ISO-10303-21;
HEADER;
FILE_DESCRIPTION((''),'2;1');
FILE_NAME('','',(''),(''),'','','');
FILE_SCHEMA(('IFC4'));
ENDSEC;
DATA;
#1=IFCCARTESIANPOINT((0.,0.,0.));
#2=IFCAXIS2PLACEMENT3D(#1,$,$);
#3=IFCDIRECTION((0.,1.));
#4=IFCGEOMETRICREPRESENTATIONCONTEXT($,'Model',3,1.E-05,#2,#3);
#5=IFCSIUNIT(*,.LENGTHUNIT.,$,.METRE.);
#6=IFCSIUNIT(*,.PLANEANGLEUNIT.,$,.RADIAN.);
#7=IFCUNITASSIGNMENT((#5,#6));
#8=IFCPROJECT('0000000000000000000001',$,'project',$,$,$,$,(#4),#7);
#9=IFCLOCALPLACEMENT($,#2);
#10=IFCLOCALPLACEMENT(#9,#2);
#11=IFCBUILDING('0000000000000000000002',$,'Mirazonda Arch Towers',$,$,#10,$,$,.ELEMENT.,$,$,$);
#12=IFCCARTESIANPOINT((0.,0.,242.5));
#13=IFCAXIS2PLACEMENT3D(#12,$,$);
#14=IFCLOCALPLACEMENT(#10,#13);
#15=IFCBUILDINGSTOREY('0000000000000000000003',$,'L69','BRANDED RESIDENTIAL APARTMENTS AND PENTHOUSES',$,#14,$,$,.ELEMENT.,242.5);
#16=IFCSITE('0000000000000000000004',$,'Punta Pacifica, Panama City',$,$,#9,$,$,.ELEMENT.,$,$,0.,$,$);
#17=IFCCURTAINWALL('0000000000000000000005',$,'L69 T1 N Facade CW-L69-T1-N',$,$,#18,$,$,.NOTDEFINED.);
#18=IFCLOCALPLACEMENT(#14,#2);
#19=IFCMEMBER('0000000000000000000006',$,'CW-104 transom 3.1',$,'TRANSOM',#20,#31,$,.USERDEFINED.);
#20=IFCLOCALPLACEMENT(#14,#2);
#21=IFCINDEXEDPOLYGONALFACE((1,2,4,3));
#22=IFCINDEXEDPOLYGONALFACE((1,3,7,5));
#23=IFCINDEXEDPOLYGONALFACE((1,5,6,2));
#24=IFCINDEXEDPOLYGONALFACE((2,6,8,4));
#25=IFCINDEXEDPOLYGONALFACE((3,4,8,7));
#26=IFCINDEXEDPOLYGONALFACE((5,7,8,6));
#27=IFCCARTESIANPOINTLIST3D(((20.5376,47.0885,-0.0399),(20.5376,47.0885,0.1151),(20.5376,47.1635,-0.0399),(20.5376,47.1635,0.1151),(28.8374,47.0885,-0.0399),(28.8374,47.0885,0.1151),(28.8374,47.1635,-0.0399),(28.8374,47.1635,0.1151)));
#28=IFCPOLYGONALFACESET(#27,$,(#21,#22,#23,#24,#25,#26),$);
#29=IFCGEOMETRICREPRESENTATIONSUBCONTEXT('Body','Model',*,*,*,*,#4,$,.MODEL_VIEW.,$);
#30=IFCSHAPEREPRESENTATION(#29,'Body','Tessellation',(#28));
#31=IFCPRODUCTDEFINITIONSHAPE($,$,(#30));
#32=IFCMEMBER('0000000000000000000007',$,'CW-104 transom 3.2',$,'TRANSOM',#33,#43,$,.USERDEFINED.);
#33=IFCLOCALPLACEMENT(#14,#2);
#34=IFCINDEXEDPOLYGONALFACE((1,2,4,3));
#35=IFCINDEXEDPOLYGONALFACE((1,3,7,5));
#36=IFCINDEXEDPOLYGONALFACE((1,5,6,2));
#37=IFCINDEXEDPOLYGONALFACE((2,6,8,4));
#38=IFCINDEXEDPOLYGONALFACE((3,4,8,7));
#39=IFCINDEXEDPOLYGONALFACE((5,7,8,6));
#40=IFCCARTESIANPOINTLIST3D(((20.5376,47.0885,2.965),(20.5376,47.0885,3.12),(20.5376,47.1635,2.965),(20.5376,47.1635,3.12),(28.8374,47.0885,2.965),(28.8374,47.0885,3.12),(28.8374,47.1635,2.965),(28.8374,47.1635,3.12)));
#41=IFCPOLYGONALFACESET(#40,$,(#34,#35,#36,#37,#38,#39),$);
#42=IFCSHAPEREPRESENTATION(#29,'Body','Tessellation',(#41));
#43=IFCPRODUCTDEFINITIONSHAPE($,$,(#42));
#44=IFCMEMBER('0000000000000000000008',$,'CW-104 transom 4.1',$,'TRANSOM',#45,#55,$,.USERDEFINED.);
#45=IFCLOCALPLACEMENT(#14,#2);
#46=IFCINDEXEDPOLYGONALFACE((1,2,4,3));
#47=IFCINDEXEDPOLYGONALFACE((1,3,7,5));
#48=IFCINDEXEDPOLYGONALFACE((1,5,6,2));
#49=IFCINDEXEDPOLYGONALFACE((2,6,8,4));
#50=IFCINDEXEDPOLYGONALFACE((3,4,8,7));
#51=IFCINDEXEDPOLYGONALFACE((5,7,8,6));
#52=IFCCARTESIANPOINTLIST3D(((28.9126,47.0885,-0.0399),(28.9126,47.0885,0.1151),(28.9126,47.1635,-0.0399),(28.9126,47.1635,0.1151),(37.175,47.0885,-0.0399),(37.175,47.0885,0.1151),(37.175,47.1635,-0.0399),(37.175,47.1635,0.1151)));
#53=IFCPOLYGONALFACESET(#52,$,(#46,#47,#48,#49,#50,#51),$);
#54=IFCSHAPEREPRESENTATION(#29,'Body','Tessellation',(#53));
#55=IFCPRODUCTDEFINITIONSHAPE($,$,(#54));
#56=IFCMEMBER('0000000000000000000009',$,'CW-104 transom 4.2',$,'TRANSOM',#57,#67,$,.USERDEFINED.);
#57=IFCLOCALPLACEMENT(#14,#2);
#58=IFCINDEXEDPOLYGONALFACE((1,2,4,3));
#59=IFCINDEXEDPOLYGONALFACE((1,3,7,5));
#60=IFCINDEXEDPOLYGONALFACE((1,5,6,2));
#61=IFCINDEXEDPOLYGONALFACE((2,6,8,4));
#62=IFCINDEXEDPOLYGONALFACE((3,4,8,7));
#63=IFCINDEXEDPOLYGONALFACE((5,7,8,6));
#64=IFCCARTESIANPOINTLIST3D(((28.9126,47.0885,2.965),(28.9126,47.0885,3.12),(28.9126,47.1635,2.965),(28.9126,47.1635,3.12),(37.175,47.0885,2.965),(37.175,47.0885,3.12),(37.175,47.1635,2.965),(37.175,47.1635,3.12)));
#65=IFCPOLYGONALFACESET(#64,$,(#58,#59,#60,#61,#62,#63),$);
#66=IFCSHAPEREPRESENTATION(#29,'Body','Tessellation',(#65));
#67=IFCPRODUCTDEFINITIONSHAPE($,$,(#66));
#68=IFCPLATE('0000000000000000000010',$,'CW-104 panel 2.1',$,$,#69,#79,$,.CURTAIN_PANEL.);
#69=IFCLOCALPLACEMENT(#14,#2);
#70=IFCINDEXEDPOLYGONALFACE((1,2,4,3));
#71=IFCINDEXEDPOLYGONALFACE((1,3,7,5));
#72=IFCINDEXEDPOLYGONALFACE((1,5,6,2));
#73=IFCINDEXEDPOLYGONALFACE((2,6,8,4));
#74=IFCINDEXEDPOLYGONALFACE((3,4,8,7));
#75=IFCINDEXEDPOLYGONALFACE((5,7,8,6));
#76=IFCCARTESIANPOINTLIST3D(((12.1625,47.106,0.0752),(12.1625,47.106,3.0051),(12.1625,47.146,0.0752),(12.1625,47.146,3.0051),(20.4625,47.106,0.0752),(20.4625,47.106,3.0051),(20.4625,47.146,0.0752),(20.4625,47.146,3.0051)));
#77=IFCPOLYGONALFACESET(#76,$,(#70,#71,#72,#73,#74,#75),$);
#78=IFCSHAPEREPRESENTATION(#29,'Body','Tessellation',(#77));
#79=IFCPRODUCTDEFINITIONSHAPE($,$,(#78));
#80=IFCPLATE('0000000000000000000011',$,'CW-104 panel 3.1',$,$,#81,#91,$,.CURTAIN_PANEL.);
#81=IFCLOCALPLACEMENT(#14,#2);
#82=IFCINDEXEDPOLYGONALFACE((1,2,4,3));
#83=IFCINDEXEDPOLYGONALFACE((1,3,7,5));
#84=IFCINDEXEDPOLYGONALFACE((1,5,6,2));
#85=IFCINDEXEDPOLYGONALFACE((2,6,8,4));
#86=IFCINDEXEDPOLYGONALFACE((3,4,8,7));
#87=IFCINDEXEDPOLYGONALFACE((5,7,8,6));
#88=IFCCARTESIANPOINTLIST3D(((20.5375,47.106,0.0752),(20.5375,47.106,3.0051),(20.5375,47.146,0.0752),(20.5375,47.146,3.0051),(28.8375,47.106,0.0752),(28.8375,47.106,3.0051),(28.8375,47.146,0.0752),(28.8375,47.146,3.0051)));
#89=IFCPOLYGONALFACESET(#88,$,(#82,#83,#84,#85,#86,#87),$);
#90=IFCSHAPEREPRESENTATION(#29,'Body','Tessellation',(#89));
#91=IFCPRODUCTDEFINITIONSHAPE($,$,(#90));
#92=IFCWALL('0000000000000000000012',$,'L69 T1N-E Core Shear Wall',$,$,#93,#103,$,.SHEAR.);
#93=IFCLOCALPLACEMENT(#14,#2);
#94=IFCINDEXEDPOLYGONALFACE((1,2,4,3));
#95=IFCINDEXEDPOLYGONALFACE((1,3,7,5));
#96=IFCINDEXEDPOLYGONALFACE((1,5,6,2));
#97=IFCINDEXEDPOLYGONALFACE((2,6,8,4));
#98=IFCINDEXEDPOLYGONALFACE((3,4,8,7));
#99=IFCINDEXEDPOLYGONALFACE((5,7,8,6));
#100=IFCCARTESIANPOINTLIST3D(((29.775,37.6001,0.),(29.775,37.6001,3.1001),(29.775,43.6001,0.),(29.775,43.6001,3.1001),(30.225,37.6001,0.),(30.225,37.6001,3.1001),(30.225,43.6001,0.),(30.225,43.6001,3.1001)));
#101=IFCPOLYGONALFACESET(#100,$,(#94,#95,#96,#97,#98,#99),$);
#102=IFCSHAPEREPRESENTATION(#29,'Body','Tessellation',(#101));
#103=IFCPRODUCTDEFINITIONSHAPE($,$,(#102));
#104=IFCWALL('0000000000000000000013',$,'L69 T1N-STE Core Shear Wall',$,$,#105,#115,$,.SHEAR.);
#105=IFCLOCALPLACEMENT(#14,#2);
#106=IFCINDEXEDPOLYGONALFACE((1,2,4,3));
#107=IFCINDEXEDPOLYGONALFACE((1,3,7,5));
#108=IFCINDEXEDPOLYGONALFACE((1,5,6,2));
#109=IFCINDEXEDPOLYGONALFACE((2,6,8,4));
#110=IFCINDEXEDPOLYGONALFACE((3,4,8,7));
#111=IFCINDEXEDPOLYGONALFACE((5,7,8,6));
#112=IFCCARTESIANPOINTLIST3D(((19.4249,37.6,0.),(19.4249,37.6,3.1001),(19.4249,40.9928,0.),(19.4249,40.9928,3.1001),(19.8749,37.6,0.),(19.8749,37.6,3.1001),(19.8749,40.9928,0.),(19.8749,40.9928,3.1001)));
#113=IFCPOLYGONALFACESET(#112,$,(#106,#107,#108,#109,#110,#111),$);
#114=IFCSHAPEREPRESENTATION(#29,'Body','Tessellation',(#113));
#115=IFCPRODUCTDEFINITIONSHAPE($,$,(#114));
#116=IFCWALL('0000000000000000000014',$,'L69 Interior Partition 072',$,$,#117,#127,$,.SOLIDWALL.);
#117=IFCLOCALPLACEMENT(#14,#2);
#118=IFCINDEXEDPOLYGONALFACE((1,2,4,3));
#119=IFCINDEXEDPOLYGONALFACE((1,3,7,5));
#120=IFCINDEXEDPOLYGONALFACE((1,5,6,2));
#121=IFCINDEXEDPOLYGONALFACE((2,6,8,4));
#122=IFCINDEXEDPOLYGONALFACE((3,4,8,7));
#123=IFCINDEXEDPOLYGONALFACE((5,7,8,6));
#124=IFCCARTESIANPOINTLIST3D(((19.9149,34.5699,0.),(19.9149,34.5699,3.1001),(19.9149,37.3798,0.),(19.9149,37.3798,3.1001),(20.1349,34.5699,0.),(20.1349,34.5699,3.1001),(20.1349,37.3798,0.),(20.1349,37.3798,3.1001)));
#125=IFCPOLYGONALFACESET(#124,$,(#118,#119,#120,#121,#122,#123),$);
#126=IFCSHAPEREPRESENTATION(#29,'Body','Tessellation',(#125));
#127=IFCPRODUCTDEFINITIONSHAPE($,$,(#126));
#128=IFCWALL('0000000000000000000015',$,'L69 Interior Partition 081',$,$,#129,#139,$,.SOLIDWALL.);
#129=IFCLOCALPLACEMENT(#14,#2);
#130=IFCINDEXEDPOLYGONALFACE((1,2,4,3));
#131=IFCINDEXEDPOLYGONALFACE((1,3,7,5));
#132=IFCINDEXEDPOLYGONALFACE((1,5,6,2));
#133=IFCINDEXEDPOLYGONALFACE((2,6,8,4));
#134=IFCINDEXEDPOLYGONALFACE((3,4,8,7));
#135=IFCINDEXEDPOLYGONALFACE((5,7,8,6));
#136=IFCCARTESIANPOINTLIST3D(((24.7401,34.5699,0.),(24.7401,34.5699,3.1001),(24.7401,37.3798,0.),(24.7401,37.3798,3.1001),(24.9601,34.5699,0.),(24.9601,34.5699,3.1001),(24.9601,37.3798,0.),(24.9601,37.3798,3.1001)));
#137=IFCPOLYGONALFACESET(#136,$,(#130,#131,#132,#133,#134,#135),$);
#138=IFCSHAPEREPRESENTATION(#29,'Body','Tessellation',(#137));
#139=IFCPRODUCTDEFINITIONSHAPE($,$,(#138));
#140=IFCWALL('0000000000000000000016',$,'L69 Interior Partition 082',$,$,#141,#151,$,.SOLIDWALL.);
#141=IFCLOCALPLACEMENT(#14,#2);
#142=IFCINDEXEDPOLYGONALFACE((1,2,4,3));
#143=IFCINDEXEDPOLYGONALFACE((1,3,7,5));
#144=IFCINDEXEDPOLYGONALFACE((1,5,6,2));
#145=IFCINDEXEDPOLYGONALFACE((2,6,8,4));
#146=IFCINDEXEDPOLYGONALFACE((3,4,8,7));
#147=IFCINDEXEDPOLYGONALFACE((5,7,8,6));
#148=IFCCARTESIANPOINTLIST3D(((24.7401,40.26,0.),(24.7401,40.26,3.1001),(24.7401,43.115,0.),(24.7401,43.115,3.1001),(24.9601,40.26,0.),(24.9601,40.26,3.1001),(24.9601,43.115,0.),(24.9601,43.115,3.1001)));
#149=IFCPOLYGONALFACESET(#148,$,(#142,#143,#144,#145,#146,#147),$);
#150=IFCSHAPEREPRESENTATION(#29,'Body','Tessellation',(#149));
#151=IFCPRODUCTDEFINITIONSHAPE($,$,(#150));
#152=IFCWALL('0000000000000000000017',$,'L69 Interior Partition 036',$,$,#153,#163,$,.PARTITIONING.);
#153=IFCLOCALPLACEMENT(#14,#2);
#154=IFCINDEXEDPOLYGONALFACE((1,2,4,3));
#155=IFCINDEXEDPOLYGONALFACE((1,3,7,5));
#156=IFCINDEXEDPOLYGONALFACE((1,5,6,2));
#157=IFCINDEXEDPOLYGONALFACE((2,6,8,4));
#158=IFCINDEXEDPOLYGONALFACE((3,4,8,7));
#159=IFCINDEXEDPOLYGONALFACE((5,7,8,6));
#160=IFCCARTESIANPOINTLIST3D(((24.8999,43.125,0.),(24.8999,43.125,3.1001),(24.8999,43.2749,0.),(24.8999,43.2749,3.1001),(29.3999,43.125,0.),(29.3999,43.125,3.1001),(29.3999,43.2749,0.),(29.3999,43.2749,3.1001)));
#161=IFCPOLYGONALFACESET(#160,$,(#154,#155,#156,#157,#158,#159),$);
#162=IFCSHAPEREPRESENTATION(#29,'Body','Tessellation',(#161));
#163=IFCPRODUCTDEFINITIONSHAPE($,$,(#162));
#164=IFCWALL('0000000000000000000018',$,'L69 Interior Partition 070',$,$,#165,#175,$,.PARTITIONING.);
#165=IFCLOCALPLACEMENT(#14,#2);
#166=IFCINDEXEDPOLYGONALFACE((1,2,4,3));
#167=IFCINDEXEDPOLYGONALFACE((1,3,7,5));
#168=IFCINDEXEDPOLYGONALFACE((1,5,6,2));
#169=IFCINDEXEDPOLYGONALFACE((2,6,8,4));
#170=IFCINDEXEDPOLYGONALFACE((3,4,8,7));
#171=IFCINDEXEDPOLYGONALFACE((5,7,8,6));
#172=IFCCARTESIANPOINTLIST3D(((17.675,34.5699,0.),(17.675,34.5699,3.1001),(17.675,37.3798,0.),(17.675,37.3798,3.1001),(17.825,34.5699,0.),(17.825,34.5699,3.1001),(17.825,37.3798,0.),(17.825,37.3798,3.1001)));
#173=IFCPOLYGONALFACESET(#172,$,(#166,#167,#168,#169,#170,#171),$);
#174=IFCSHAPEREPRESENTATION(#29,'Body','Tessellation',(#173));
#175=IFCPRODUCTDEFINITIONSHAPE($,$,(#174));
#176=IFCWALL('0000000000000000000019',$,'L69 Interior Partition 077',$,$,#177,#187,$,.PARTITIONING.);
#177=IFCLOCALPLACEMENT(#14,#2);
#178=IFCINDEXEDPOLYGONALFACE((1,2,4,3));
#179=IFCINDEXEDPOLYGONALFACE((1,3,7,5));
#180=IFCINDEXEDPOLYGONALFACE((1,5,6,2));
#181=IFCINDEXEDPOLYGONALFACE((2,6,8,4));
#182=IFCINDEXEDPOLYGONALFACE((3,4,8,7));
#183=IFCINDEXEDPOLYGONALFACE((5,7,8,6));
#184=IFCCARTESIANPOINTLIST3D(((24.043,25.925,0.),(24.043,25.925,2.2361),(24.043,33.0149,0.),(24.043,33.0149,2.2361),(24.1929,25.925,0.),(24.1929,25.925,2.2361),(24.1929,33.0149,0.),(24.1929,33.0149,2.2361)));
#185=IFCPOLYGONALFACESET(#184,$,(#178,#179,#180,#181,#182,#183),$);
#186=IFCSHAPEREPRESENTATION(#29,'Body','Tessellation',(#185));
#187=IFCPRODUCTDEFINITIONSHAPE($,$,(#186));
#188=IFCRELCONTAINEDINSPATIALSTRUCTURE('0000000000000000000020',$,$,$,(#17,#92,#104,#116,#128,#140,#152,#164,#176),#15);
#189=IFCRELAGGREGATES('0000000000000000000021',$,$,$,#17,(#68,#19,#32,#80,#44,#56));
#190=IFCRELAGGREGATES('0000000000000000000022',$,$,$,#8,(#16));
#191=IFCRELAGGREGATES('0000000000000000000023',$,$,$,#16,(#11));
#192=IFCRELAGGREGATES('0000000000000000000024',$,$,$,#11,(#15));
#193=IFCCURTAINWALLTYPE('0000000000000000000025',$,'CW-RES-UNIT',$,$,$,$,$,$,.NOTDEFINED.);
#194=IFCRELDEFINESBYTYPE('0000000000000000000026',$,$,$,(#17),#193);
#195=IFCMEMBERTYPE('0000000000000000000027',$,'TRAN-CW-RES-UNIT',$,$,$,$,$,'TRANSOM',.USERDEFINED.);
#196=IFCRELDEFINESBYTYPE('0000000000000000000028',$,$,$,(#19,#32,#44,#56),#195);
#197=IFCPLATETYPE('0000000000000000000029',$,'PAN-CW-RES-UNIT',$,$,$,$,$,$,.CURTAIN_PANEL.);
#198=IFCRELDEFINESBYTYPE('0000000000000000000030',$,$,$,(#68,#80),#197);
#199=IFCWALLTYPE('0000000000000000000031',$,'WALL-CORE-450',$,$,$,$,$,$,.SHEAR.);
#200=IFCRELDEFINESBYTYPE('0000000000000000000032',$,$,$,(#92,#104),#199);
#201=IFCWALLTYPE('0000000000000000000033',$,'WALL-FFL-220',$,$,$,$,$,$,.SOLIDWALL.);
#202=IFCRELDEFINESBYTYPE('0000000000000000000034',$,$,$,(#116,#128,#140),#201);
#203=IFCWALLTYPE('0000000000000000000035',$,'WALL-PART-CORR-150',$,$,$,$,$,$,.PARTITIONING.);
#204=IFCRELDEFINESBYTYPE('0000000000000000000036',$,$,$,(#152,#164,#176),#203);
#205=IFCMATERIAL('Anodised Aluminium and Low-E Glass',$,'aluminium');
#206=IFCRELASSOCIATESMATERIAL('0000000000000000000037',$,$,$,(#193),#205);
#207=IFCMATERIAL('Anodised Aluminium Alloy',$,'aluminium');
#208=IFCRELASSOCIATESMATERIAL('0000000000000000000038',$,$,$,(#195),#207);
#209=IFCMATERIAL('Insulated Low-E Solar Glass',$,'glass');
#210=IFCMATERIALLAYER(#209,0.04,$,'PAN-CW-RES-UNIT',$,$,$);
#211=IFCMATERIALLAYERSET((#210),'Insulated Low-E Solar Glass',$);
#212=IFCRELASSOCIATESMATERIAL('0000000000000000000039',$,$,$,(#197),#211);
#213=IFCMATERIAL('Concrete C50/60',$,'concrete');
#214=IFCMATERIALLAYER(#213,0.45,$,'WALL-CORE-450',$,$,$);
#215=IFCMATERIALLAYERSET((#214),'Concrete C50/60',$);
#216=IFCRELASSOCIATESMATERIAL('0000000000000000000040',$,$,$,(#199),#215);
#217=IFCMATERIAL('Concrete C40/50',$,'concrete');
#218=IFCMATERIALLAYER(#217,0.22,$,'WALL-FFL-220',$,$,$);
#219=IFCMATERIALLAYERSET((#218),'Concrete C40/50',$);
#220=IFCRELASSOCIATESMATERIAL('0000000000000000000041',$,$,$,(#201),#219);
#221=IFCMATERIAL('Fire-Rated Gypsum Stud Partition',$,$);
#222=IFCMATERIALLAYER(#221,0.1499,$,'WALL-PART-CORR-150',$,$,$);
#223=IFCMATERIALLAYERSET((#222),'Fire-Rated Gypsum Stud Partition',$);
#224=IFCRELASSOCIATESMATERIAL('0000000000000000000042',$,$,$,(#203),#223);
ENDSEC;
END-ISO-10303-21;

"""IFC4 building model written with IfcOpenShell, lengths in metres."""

from ifc_helpers import new_model, si_unit, direction, frame, frame_2d, origin, origin_2d, place, context, subcontext, project, spatial, rectangle, extrude, material, layer, layer_set, material_profile, profile_set, type_object, element, aggregate, save


model = new_model("IFC4")

# Units and contexts
model_context = context("Model", 3, precision=1e-05, world=origin(), true_north=direction((0.0, 1.0)))
body_context = subcontext(model_context, "Body", "Model", "MODEL_VIEW")
ifc_project = project(units=[si_unit("LENGTHUNIT", "METRE"), si_unit("PLANEANGLEUNIT", "RADIAN")], contexts=[model_context])

# Site, building, storey
site_placement = place(None, origin())
site = spatial("IfcSite", under=ifc_project, at=site_placement, Name="Punta Pacifica, Panama City", CompositionType="ELEMENT", RefElevation=0.0)
building_placement = place(site_placement, origin())
building = spatial("IfcBuilding", under=site, at=building_placement, Name="Mirazonda Arch Towers", CompositionType="ELEMENT")
storey_placement = place(building_placement, frame((0.0, 0.0, 242.5)))
storey = spatial("IfcBuildingStorey", under=building, at=storey_placement, Name="L69", Description="BRANDED RESIDENTIAL APARTMENTS AND PENTHOUSES", CompositionType="ELEMENT", Elevation=242.5)

# Shared definitions
ifc_material_1 = material(Name="Concrete C50/60", Category="concrete")

# Curtain wall, members, plates
ifc_material_2 = material(Name="Anodised Aluminium and Low-E Glass", Category="aluminium")
curtain_wall_type = type_object("IfcCurtainWallType", Name="CW-RES-UNIT", PredefinedType="NOTDEFINED", material=ifc_material_2)
curtain_wall_placement = place(storey_placement, origin())
curtain_wall = element("IfcCurtainWall", 1, at=curtain_wall_placement, inside=storey, type_object=curtain_wall_type, Name="L69 T1 N Facade CW-L69-T1-N", PredefinedType="NOTDEFINED")
ifc_material_3 = material(Name="Anodised Aluminium Alloy", Category="aluminium")
ifc_material_profile_1 = material_profile(ifc_material_3, rectangle(XDim=0.075, YDim=0.155, at=origin_2d()), Name="ALU-TRAN-75x155")
ifc_profile_set_1 = profile_set([ifc_material_profile_1], Name="Anodised Aluminium Alloy")
member_type_1 = type_object("IfcMemberType", Name="TRAN-CW-RES-UNIT", ElementType="TRANSOM", PredefinedType="USERDEFINED", material=ifc_profile_set_1)
member_1_placement = place(storey_placement, frame((20.5376, 47.126, 0.0376), z_axis=(1.0, 0.0, 0.0), x_axis=(0.0, 1.0, 0.0)))
member_1 = element("IfcMember", 2, at=member_1_placement, type_object=member_type_1, Name="CW-104 transom 3.1", ObjectType="TRANSOM", PredefinedType="USERDEFINED", context=body_context, shape_type="SweptSolid", body=[
    extrude(rectangle(XDim=0.075, YDim=0.155, at=origin_2d()), origin(), (0.0, 0.0, 1.0), 8.2998),
])
member_2_placement = place(storey_placement, frame((20.5376, 47.126, 3.0425), z_axis=(1.0, 0.0, 0.0), x_axis=(0.0, 1.0, 0.0)))
member_2 = element("IfcMember", 3, at=member_2_placement, type_object=member_type_1, Name="CW-104 transom 3.2", ObjectType="TRANSOM", PredefinedType="USERDEFINED", context=body_context, shape_type="SweptSolid", body=[
    extrude(rectangle(XDim=0.075, YDim=0.155, at=origin_2d()), origin(), (0.0, 0.0, 1.0), 8.2998),
])
member_3_placement = place(storey_placement, frame((28.9126, 47.126, 0.0376), z_axis=(1.0, 0.0, 0.0), x_axis=(0.0, 1.0, 0.0)))
member_3 = element("IfcMember", 4, at=member_3_placement, type_object=member_type_1, Name="CW-104 transom 4.1", ObjectType="TRANSOM", PredefinedType="USERDEFINED", context=body_context, shape_type="SweptSolid", body=[
    extrude(rectangle(XDim=0.075, YDim=0.155, at=origin_2d()), origin(), (0.0, 0.0, 1.0), 8.2625),
])
member_4_placement = place(storey_placement, frame((28.9126, 47.126, 3.0425), z_axis=(1.0, 0.0, 0.0), x_axis=(0.0, 1.0, 0.0)))
member_4 = element("IfcMember", 5, at=member_4_placement, type_object=member_type_1, Name="CW-104 transom 4.2", ObjectType="TRANSOM", PredefinedType="USERDEFINED", context=body_context, shape_type="SweptSolid", body=[
    extrude(rectangle(XDim=0.075, YDim=0.155, at=origin_2d()), origin(), (0.0, 0.0, 1.0), 8.2625),
])
ifc_material_4 = material(Name="Insulated Low-E Solar Glass", Category="glass")
ifc_layer_1 = layer(ifc_material_4, 0.04, Name="PAN-CW-RES-UNIT")
ifc_layer_set_1 = layer_set([ifc_layer_1], Name="Insulated Low-E Solar Glass")
plate_type = type_object("IfcPlateType", Name="PAN-CW-RES-UNIT", PredefinedType="CURTAIN_PANEL", material=ifc_layer_set_1)
plate_1_placement = place(storey_placement, frame((16.3125, 47.126, 0.0752), z_axis=(0.0, 0.0, 1.0), x_axis=(1.0, 0.0, 0.0)))
plate_1 = element("IfcPlate", 6, at=plate_1_placement, type_object=plate_type, Name="CW-104 panel 2.1", PredefinedType="CURTAIN_PANEL", context=body_context, shape_type="SweptSolid", body=[
    extrude(rectangle(XDim=8.3, YDim=0.04, at=origin_2d()), origin(), (0.0, 0.0, 1.0), 2.9299),
])
plate_2_placement = place(storey_placement, frame((24.6875, 47.126, 0.0752), z_axis=(0.0, 0.0, 1.0), x_axis=(1.0, 0.0, 0.0)))
plate_2 = element("IfcPlate", 7, at=plate_2_placement, type_object=plate_type, Name="CW-104 panel 3.1", PredefinedType="CURTAIN_PANEL", context=body_context, shape_type="SweptSolid", body=[
    extrude(rectangle(XDim=8.3, YDim=0.04, at=origin_2d()), origin(), (0.0, 0.0, 1.0), 2.9299),
])
aggregate(curtain_wall, [plate_1, member_1, member_2, plate_2, member_3, member_4])

# Walls
ifc_layer_2 = layer(ifc_material_1, 0.45, Name="WALL-CORE-450")
ifc_layer_set_2 = layer_set([ifc_layer_2], Name="Concrete C50/60")
wall_type_1 = type_object("IfcWallType", Name="WALL-CORE-450", PredefinedType="SHEAR", material=ifc_layer_set_2)
wall_1_placement = place(storey_placement, frame((30.0, 37.6001, 0.0), z_axis=(0.0, 0.0, 1.0), x_axis=(0.0, 1.0, 0.0)))
element("IfcWall", 8, at=wall_1_placement, inside=storey, type_object=wall_type_1, Name="L69 T1N-E Core Shear Wall", PredefinedType="SHEAR", context=body_context, shape_type="SweptSolid", body=[
    extrude(rectangle(XDim=6.0, YDim=0.45, at=frame_2d((3.0, 0.0))), origin(), (0.0, 0.0, 1.0), 3.1001),
])
wall_2_placement = place(storey_placement, frame((19.6499, 37.6001, 0.0), z_axis=(0.0, 0.0, 1.0), x_axis=(0.0, 1.0, 0.0)))
element("IfcWall", 9, at=wall_2_placement, inside=storey, type_object=wall_type_1, Name="L69 T1N-STE Core Shear Wall", PredefinedType="SHEAR", context=body_context, shape_type="SweptSolid", body=[
    extrude(rectangle(XDim=3.3928, YDim=0.45, at=frame_2d((1.6963, 0.0))), origin(), (0.0, 0.0, 1.0), 3.1001),
])
ifc_material_5 = material(Name="Concrete C40/50", Category="concrete")
ifc_layer_3 = layer(ifc_material_5, 0.22, Name="WALL-FFL-220")
ifc_layer_set_3 = layer_set([ifc_layer_3], Name="Concrete C40/50")
wall_type_2 = type_object("IfcWallType", Name="WALL-FFL-220", PredefinedType="SOLIDWALL", material=ifc_layer_set_3)
for number, where, z_axis, x_axis, name in (
    (10, (20.0249, 34.5701, 0.0), (0.0, 0.0, 1.0), (0.0, 1.0, 0.0), "L69 Interior Partition 072"),
    (11, (24.8501, 34.5701, 0.0), (0.0, 0.0, 1.0), (0.0, 1.0, 0.0), "L69 Interior Partition 081"),
):
    element("IfcWall", number, at=place(storey_placement, frame(where, z_axis=z_axis, x_axis=x_axis)), inside=storey, type_object=wall_type_2, Name=name, PredefinedType="SOLIDWALL", context=body_context, shape_type="SweptSolid", body=[
        extrude(rectangle(XDim=2.8098, YDim=0.22, at=frame_2d((1.4048, 0.0))), origin(), (0.0, 0.0, 1.0), 3.1001),
    ])
wall_3_placement = place(storey_placement, frame((24.8501, 40.26, 0.0), z_axis=(0.0, 0.0, 1.0), x_axis=(0.0, 1.0, 0.0)))
element("IfcWall", 12, at=wall_3_placement, inside=storey, type_object=wall_type_2, Name="L69 Interior Partition 082", PredefinedType="SOLIDWALL", context=body_context, shape_type="SweptSolid", body=[
    extrude(rectangle(XDim=2.855, YDim=0.22, at=frame_2d((1.4275, 0.0))), origin(), (0.0, 0.0, 1.0), 3.1001),
])
ifc_material_6 = material(Name="Fire-Rated Gypsum Stud Partition")
ifc_layer_4 = layer(ifc_material_6, 0.1499, Name="WALL-PART-CORR-150")
ifc_layer_set_4 = layer_set([ifc_layer_4], Name="Fire-Rated Gypsum Stud Partition")
wall_type_3 = type_object("IfcWallType", Name="WALL-PART-CORR-150", PredefinedType="PARTITIONING", material=ifc_layer_set_4)
wall_4_placement = place(storey_placement, frame((24.8999, 43.2, 0.0), z_axis=(0.0, 0.0, 1.0), x_axis=(1.0, 0.0, 0.0)))
element("IfcWall", 13, at=wall_4_placement, inside=storey, type_object=wall_type_3, Name="L69 Interior Partition 036", PredefinedType="PARTITIONING", context=body_context, shape_type="SweptSolid", body=[
    extrude(rectangle(XDim=4.5, YDim=0.1499, at=frame_2d((2.25, 0.0))), origin(), (0.0, 0.0, 1.0), 3.1001),
])
wall_5_placement = place(storey_placement, frame((17.75, 34.5701, 0.0), z_axis=(0.0, 0.0, 1.0), x_axis=(0.0, 1.0, 0.0)))
element("IfcWall", 14, at=wall_5_placement, inside=storey, type_object=wall_type_3, Name="L69 Interior Partition 070", PredefinedType="PARTITIONING", context=body_context, shape_type="SweptSolid", body=[
    extrude(rectangle(XDim=2.8098, YDim=0.1499, at=frame_2d((1.4048, 0.0))), origin(), (0.0, 0.0, 1.0), 3.1001),
])
wall_6_placement = place(storey_placement, frame((24.1179, 25.925, 0.0), z_axis=(0.0, 0.0, 1.0), x_axis=(0.0, 1.0, 0.0)))
element("IfcWall", 15, at=wall_6_placement, inside=storey, type_object=wall_type_3, Name="L69 Interior Partition 077", PredefinedType="PARTITIONING", context=body_context, shape_type="SweptSolid", body=[
    extrude(rectangle(XDim=7.0898, YDim=0.1499, at=frame_2d((3.5449, 0.0))), origin(), (0.0, 0.0, 1.0), 2.2361),
])

save(model, "model.ifc")
